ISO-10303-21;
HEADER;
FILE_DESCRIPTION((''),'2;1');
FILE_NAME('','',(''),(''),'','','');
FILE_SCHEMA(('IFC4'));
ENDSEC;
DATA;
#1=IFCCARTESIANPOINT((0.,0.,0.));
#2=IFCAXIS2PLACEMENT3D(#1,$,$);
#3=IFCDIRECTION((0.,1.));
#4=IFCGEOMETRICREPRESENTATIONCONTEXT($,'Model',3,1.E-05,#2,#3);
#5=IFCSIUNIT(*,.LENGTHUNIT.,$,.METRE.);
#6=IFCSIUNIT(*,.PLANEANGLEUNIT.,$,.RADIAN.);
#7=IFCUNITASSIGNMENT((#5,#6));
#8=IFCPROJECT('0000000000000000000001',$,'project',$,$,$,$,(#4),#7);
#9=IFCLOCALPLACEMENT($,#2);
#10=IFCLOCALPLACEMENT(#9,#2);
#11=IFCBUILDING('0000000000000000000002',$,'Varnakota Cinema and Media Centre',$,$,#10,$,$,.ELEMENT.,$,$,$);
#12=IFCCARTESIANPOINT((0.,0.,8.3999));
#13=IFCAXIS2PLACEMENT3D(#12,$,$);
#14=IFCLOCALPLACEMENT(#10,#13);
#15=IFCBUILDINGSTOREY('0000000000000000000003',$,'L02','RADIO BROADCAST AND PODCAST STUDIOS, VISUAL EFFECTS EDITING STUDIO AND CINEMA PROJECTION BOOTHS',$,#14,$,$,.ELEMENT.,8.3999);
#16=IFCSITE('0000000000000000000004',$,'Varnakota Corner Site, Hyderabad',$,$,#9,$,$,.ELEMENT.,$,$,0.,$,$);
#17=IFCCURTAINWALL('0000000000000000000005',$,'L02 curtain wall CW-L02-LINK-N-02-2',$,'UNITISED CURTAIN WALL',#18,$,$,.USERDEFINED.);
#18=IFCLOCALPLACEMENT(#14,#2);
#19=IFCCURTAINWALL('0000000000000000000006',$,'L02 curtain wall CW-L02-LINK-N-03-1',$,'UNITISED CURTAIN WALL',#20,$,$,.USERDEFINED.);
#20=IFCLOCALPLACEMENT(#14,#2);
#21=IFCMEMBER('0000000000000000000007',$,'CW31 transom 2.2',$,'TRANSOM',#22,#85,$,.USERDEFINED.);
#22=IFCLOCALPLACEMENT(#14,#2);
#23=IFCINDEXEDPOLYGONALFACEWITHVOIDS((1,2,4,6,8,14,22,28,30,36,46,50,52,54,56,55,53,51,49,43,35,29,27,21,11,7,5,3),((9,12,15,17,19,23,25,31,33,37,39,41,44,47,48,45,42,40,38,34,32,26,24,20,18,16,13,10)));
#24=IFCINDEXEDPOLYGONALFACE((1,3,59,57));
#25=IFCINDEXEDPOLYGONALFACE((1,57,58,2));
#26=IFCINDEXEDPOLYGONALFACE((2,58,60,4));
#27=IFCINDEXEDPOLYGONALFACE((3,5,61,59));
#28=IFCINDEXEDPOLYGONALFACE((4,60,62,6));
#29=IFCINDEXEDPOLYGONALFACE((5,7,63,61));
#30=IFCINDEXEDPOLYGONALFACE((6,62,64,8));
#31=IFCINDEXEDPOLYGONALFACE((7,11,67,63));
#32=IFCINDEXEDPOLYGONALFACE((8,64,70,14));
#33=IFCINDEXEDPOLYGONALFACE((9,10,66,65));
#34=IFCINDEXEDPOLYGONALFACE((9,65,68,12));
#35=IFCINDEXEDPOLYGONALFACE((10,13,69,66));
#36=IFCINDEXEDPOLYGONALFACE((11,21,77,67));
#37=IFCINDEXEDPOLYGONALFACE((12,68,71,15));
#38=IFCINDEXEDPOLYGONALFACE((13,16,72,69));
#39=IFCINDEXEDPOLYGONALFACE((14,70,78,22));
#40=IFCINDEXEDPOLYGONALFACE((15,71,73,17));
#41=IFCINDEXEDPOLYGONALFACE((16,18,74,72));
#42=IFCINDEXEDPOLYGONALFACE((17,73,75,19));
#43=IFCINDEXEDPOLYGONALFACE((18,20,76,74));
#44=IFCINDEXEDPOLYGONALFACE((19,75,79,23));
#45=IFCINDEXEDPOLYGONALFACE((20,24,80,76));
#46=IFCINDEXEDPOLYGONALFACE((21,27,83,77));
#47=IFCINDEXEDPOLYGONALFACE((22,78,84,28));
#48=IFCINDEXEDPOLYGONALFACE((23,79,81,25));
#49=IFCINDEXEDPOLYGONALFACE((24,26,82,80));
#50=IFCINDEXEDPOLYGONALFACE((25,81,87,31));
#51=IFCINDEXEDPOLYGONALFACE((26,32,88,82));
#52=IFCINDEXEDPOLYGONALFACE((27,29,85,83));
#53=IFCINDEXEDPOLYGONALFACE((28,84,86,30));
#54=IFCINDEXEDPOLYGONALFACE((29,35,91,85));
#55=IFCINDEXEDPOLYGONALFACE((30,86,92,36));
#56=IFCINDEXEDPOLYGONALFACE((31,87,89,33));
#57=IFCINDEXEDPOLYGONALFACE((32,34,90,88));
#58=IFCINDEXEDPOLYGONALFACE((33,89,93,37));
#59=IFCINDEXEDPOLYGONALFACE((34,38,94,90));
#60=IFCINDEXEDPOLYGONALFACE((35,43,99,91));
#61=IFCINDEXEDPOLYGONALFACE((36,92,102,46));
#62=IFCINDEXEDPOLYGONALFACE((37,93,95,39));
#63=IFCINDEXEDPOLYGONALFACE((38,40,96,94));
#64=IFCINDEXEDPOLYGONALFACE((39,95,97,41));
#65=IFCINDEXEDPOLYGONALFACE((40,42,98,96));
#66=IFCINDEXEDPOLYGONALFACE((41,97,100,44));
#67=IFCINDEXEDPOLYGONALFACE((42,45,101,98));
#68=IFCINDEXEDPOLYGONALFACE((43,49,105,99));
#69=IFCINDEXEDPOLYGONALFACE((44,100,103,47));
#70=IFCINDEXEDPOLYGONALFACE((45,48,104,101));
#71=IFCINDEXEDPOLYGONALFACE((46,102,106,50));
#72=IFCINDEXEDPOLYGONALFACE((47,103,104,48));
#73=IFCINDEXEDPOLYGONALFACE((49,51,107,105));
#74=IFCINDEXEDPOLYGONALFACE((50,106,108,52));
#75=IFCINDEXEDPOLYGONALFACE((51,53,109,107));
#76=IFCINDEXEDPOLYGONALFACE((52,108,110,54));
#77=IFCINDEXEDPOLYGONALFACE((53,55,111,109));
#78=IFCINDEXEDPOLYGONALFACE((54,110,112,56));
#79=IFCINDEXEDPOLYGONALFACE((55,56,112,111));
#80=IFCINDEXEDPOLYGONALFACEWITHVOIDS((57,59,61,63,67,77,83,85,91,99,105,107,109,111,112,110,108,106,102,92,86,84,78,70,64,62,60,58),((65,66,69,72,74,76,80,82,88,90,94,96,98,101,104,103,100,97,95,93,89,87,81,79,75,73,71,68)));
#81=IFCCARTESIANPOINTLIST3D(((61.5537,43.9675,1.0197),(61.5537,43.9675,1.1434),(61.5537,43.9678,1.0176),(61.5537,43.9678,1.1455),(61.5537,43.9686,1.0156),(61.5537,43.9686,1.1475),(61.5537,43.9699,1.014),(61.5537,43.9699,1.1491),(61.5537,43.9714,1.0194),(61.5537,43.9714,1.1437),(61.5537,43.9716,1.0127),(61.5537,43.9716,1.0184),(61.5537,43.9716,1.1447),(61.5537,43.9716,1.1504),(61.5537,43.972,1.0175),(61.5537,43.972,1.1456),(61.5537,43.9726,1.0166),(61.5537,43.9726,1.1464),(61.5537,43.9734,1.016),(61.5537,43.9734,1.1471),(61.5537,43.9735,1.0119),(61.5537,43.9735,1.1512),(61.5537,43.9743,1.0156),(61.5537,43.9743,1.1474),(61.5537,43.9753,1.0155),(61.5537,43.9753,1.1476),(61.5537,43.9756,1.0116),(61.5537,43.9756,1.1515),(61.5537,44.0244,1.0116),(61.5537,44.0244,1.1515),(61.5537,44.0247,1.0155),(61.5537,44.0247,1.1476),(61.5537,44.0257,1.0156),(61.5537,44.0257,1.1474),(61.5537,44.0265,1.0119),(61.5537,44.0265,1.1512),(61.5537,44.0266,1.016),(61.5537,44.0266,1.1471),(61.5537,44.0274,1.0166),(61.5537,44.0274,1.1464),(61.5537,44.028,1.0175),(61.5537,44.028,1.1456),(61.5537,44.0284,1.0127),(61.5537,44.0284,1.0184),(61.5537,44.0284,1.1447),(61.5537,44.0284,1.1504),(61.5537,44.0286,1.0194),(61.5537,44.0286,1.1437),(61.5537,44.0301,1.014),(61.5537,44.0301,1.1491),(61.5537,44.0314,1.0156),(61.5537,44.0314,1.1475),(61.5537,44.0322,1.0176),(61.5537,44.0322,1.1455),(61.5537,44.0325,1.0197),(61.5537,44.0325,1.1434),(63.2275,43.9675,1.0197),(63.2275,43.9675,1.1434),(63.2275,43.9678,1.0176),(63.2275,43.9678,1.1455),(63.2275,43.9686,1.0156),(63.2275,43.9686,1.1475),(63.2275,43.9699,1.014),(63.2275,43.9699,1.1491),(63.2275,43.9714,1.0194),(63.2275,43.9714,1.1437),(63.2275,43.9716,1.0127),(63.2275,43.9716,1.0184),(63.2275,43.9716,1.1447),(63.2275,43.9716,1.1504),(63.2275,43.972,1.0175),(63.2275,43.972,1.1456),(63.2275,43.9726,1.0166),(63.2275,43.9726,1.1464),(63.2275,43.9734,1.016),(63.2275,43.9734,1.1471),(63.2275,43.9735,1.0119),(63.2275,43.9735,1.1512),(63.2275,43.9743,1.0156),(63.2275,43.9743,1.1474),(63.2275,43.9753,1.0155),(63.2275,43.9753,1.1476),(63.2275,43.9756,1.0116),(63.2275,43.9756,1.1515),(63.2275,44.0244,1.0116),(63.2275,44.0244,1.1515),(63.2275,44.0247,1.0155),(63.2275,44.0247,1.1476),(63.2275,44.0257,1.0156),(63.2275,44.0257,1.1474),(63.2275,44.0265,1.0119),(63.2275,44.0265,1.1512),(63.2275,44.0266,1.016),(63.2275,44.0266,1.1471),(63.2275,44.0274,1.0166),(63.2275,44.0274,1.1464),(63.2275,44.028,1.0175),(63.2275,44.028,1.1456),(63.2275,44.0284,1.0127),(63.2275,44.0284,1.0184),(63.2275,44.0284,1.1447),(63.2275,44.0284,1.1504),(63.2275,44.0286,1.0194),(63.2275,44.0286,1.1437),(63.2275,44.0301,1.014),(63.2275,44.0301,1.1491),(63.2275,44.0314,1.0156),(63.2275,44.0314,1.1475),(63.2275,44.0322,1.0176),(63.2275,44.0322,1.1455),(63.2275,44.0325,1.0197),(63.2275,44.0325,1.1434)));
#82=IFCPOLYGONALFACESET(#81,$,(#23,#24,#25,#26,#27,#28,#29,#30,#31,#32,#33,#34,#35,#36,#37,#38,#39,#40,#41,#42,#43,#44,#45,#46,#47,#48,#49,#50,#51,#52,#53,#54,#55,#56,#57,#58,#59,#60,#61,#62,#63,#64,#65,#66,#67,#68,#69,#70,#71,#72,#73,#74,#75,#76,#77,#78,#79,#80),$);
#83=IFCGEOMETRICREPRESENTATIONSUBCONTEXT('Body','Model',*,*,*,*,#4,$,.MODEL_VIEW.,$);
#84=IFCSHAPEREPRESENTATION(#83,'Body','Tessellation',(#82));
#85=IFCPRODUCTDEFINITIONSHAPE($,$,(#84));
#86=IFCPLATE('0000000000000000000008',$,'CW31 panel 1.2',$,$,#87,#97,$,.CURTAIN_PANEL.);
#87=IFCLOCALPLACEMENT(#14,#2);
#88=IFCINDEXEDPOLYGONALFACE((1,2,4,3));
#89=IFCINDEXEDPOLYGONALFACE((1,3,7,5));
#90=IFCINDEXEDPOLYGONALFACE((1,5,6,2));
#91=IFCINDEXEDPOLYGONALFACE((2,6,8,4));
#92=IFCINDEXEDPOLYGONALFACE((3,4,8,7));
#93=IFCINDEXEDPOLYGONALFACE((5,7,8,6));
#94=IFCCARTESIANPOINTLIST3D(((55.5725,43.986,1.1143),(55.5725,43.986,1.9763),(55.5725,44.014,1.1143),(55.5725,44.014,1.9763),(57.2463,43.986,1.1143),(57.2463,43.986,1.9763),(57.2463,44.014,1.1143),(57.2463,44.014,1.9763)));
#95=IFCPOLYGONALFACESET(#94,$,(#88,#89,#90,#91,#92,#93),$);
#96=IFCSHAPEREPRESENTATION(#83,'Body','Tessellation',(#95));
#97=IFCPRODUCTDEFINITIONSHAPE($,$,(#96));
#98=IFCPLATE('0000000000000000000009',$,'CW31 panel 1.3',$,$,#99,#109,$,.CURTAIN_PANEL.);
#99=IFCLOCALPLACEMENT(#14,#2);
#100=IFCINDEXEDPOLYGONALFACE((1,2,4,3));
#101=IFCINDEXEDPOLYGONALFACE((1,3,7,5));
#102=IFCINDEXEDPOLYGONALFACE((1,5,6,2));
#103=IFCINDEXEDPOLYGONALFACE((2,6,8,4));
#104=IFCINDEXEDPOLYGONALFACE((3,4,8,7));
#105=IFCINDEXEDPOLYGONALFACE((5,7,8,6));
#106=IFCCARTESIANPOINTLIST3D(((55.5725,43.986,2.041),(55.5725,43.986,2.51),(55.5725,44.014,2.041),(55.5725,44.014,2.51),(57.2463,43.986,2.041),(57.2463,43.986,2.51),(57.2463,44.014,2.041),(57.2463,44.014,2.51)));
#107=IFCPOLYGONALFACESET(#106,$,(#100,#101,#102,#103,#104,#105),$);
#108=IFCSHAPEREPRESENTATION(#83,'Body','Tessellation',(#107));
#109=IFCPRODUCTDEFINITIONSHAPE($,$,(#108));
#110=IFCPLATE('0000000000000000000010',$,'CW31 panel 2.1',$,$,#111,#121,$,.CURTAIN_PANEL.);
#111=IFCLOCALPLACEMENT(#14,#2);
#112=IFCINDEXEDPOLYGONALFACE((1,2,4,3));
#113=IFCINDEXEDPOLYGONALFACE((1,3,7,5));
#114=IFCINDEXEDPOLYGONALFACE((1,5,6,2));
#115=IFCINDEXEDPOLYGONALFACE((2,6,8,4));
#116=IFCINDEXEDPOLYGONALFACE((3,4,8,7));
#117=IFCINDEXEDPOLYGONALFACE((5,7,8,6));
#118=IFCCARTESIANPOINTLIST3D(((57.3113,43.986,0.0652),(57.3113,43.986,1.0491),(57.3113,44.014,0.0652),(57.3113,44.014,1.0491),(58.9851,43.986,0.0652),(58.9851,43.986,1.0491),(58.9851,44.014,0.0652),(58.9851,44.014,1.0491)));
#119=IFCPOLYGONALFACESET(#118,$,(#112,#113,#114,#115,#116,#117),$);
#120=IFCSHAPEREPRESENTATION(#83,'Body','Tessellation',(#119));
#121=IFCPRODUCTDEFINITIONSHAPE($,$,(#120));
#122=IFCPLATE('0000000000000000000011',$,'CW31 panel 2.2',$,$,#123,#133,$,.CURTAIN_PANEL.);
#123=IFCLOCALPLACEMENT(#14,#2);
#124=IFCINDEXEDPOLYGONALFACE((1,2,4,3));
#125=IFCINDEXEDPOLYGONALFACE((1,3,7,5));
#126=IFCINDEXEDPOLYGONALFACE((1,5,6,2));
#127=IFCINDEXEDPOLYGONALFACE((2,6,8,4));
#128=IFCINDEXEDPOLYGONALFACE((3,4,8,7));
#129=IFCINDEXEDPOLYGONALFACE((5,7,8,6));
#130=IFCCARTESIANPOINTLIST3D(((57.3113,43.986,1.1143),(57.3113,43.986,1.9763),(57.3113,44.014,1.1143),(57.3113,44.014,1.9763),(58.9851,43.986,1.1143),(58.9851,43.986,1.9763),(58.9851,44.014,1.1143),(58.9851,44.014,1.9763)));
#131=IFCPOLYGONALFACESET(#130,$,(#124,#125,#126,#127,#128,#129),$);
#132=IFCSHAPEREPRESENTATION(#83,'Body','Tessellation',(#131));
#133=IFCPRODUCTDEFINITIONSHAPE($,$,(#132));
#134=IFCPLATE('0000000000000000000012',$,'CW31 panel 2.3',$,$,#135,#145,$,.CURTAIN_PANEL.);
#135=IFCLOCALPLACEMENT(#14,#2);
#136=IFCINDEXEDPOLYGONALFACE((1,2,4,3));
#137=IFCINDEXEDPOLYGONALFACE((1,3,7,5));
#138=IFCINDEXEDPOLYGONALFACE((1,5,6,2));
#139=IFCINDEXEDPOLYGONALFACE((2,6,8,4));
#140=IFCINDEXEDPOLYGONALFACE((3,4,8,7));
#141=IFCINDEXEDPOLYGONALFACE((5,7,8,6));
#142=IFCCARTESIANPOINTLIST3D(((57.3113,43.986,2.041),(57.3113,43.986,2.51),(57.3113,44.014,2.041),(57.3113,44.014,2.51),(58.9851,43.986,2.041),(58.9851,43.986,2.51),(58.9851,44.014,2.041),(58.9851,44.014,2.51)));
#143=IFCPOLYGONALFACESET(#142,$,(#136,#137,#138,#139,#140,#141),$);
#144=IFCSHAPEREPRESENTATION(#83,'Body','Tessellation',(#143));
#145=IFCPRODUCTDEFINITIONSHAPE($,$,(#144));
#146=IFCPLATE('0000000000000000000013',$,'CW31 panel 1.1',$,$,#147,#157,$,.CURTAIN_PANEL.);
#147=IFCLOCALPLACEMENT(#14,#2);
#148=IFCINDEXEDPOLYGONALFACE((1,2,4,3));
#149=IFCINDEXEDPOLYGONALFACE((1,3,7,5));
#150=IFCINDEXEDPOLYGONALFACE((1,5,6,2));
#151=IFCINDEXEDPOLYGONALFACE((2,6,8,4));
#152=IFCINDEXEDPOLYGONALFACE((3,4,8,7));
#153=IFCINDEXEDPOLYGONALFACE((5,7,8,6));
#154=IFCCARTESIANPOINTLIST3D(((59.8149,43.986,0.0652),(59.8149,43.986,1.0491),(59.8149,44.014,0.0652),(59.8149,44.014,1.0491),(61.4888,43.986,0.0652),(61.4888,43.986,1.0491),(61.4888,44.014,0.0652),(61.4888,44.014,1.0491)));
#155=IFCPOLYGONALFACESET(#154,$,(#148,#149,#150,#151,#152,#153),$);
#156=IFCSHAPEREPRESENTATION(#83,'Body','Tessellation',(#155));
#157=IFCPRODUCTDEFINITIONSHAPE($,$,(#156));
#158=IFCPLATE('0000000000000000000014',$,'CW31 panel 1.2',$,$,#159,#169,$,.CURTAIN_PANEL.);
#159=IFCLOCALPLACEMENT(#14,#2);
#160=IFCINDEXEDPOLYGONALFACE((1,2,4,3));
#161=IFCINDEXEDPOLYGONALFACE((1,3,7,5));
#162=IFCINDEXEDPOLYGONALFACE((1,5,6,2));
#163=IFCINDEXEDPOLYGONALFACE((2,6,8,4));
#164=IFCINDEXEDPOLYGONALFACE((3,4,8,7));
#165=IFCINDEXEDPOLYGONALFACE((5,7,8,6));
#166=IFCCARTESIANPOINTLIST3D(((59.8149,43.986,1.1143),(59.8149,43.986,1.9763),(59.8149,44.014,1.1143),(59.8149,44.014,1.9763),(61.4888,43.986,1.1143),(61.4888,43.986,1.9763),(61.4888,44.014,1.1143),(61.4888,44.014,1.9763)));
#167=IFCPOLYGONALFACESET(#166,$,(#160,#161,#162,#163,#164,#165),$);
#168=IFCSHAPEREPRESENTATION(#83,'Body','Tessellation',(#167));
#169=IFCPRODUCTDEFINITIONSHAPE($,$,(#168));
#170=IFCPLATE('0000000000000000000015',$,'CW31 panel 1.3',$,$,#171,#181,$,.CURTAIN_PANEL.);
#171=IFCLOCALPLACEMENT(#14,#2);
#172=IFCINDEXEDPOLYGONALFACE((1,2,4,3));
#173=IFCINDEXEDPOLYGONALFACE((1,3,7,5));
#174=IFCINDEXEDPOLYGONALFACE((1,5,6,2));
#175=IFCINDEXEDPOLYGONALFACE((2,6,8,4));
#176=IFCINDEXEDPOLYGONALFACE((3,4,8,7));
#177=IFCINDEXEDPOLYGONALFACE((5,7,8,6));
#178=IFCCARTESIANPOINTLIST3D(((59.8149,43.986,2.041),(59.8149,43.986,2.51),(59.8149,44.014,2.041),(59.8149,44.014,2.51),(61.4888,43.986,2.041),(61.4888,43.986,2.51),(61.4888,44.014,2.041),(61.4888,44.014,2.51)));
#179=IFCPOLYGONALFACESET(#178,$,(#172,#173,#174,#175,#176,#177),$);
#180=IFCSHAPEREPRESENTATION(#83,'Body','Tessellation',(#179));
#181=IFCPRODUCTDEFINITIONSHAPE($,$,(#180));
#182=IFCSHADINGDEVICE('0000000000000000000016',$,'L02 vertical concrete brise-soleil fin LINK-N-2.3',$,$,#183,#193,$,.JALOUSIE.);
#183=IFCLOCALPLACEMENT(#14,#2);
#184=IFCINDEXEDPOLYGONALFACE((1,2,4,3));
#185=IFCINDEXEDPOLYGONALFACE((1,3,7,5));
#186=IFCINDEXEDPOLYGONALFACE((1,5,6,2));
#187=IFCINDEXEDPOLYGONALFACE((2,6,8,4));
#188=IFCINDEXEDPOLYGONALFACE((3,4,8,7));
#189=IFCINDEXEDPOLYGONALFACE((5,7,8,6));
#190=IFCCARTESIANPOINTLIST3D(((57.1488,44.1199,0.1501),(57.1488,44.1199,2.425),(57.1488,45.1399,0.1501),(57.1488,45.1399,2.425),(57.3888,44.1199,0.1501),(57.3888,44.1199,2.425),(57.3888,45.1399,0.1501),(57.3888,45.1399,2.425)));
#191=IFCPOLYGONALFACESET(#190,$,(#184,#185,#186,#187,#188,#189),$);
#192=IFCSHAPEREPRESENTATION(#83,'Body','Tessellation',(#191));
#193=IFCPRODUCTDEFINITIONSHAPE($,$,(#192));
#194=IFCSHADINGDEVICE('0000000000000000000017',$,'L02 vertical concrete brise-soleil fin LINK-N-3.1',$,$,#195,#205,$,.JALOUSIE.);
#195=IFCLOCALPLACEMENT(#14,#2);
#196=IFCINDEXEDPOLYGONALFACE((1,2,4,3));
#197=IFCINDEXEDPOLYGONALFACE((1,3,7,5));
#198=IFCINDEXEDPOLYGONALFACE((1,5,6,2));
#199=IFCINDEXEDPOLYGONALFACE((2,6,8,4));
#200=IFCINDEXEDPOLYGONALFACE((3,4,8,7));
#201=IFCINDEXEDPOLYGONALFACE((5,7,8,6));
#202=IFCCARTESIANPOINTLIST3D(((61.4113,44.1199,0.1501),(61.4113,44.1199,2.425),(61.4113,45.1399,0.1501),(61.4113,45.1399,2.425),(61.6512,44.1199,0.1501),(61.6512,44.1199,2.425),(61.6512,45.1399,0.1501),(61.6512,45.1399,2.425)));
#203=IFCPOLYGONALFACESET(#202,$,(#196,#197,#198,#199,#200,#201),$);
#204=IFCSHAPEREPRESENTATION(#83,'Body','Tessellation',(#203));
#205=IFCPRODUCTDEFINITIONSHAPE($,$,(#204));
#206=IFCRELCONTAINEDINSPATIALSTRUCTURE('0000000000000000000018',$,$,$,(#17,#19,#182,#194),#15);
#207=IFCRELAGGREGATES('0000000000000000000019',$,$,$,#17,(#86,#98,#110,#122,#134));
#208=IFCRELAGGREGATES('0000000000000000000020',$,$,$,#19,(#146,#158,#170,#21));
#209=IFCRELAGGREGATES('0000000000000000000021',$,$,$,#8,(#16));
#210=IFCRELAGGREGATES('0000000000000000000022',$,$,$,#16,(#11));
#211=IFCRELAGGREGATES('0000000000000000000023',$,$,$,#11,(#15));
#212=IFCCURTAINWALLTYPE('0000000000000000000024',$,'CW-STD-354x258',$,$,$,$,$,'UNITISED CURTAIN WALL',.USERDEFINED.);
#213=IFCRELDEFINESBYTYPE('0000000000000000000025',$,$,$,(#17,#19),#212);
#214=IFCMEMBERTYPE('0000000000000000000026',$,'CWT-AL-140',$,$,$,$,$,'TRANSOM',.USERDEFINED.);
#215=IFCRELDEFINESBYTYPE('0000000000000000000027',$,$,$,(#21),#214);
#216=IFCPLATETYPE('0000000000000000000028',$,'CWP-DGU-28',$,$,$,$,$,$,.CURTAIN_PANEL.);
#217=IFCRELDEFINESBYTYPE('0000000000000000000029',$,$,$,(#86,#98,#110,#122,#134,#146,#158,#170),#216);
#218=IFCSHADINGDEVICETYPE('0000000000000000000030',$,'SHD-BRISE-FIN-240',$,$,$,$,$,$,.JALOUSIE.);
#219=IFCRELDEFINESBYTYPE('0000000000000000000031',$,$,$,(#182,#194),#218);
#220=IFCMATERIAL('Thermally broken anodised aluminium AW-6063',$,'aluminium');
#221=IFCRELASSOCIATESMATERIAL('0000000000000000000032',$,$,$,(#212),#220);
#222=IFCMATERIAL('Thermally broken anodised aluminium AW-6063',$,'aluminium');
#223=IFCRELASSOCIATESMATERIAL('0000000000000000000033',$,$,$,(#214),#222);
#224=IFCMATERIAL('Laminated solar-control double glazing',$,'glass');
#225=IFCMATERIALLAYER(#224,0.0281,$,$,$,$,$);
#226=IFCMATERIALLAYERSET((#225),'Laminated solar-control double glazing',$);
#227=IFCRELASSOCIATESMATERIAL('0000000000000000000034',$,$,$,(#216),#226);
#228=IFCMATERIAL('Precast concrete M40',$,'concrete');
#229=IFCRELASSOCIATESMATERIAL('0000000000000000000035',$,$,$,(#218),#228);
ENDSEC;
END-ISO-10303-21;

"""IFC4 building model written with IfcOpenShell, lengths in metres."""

from ifc_helpers import new_model, si_unit, direction, frame, origin, origin_2d, place, context, subcontext, project, spatial, rectangle, hollow_rectangle, extrude, material, layer, layer_set, material_profile, profile_set, type_object, element, aggregate, save


model = new_model("IFC4")

# Units and contexts
model_context = context("Model", 3, precision=1e-05, world=origin(), true_north=direction((0.0, 1.0)))
body_context = subcontext(model_context, "Body", "Model", "MODEL_VIEW")
ifc_project = project(units=[si_unit("LENGTHUNIT", "METRE"), si_unit("PLANEANGLEUNIT", "RADIAN")], contexts=[model_context])

# Site, building, storey
site_placement = place(None, origin())
site = spatial("IfcSite", under=ifc_project, at=site_placement, Name="Varnakota Corner Site, Hyderabad", CompositionType="ELEMENT", RefElevation=0.0)
building_placement = place(site_placement, origin())
building = spatial("IfcBuilding", under=site, at=building_placement, Name="Varnakota Cinema and Media Centre", CompositionType="ELEMENT")
storey_placement = place(building_placement, frame((0.0, 0.0, 8.3999)))
storey = spatial("IfcBuildingStorey", under=building, at=storey_placement, Name="L02", Description="RADIO BROADCAST AND PODCAST STUDIOS, VISUAL EFFECTS EDITING STUDIO AND CINEMA PROJECTION BOOTHS", CompositionType="ELEMENT", Elevation=8.3999)

# Curtain walls
ifc_material_1 = material(Name="Thermally broken anodised aluminium AW-6063", Category="aluminium")
curtain_wall_type = type_object("IfcCurtainWallType", Name="CW-STD-354x258", ElementType="UNITISED CURTAIN WALL", PredefinedType="USERDEFINED", material=ifc_material_1)
curtain_wall_1_placement = place(storey_placement, origin())
curtain_wall_1 = element("IfcCurtainWall", 1, at=curtain_wall_1_placement, inside=storey, type_object=curtain_wall_type, Name="L02 curtain wall CW-L02-LINK-N-02-2", ObjectType="UNITISED CURTAIN WALL", PredefinedType="USERDEFINED")
curtain_wall_2_placement = place(storey_placement, origin())
curtain_wall_2 = element("IfcCurtainWall", 2, at=curtain_wall_2_placement, inside=storey, type_object=curtain_wall_type, Name="L02 curtain wall CW-L02-LINK-N-03-1", ObjectType="UNITISED CURTAIN WALL", PredefinedType="USERDEFINED")

# Member
ifc_material_2 = material(Name="Thermally broken anodised aluminium AW-6063", Category="aluminium")
ifc_material_profile_1 = material_profile(ifc_material_2, hollow_rectangle(XDim=0.0649, YDim=0.1399, WallThickness=0.0039, InnerFilletRadius=0.0039, OuterFilletRadius=0.0081, at=origin_2d()), Name="AL-TRANSOM 140x65x4")
ifc_profile_set_1 = profile_set([ifc_material_profile_1], Name="Thermally broken anodised aluminium AW-6063")
member_type_1 = type_object("IfcMemberType", Name="CWT-AL-140", ElementType="TRANSOM", PredefinedType="USERDEFINED", material=ifc_profile_set_1)
member_1_placement = place(storey_placement, frame((61.5537, 44.0, 1.0815), z_axis=(1.0, 0.0, 0.0), x_axis=(0.0, 1.0, 0.0)))
member_1 = element("IfcMember", 3, at=member_1_placement, type_object=member_type_1, Name="CW31 transom 2.2", ObjectType="TRANSOM", PredefinedType="USERDEFINED", context=body_context, shape_type="SweptSolid", body=[
    extrude(hollow_rectangle(XDim=0.0649, YDim=0.1399, WallThickness=0.0039, InnerFilletRadius=0.0039, OuterFilletRadius=0.0081, at=origin_2d()), origin(), (0.0, 0.0, 1.0), 1.6738),
])

# Plates
ifc_material_3 = material(Name="Laminated solar-control double glazing", Category="glass")
ifc_layer = layer(ifc_material_3, 0.0281)
ifc_layer_set = layer_set([ifc_layer], Name="Laminated solar-control double glazing")
plate_type = type_object("IfcPlateType", Name="CWP-DGU-28", PredefinedType="CURTAIN_PANEL", material=ifc_layer_set)
plate_1_placement = place(storey_placement, frame((56.4094, 44.0, 1.1143), z_axis=(0.0, 0.0, 1.0), x_axis=(1.0, 0.0, 0.0)))
plate_1 = element("IfcPlate", 4, at=plate_1_placement, type_object=plate_type, Name="CW31 panel 1.2", PredefinedType="CURTAIN_PANEL", context=body_context, shape_type="SweptSolid", body=[
    extrude(rectangle(XDim=1.6738, YDim=0.0281, at=origin_2d()), origin(), (0.0, 0.0, 1.0), 0.8621),
])
plate_2_placement = place(storey_placement, frame((56.4094, 44.0, 2.041), z_axis=(0.0, 0.0, 1.0), x_axis=(1.0, 0.0, 0.0)))
plate_2 = element("IfcPlate", 5, at=plate_2_placement, type_object=plate_type, Name="CW31 panel 1.3", PredefinedType="CURTAIN_PANEL", context=body_context, shape_type="SweptSolid", body=[
    extrude(rectangle(XDim=1.6738, YDim=0.0281, at=origin_2d()), origin(), (0.0, 0.0, 1.0), 0.469),
])
plate_3_placement = place(storey_placement, frame((58.1482, 44.0, 0.0652), z_axis=(0.0, 0.0, 1.0), x_axis=(1.0, 0.0, 0.0)))
plate_3 = element("IfcPlate", 6, at=plate_3_placement, type_object=plate_type, Name="CW31 panel 2.1", PredefinedType="CURTAIN_PANEL", context=body_context, shape_type="SweptSolid", body=[
    extrude(rectangle(XDim=1.6738, YDim=0.0281, at=origin_2d()), origin(), (0.0, 0.0, 1.0), 0.9839),
])
plate_4_placement = place(storey_placement, frame((58.1482, 44.0, 1.1143), z_axis=(0.0, 0.0, 1.0), x_axis=(1.0, 0.0, 0.0)))
plate_4 = element("IfcPlate", 7, at=plate_4_placement, type_object=plate_type, Name="CW31 panel 2.2", PredefinedType="CURTAIN_PANEL", context=body_context, shape_type="SweptSolid", body=[
    extrude(rectangle(XDim=1.6738, YDim=0.0281, at=origin_2d()), origin(), (0.0, 0.0, 1.0), 0.8621),
])
plate_5_placement = place(storey_placement, frame((58.1482, 44.0, 2.041), z_axis=(0.0, 0.0, 1.0), x_axis=(1.0, 0.0, 0.0)))
plate_5 = element("IfcPlate", 8, at=plate_5_placement, type_object=plate_type, Name="CW31 panel 2.3", PredefinedType="CURTAIN_PANEL", context=body_context, shape_type="SweptSolid", body=[
    extrude(rectangle(XDim=1.6738, YDim=0.0281, at=origin_2d()), origin(), (0.0, 0.0, 1.0), 0.469),
])
aggregate(curtain_wall_1, [plate_1, plate_2, plate_3, plate_4, plate_5])
plate_6_placement = place(storey_placement, frame((60.6519, 44.0, 0.0652), z_axis=(0.0, 0.0, 1.0), x_axis=(1.0, 0.0, 0.0)))
plate_6 = element("IfcPlate", 9, at=plate_6_placement, type_object=plate_type, Name="CW31 panel 1.1", PredefinedType="CURTAIN_PANEL", context=body_context, shape_type="SweptSolid", body=[
    extrude(rectangle(XDim=1.6738, YDim=0.0281, at=origin_2d()), origin(), (0.0, 0.0, 1.0), 0.9839),
])
plate_7_placement = place(storey_placement, frame((60.6519, 44.0, 1.1143), z_axis=(0.0, 0.0, 1.0), x_axis=(1.0, 0.0, 0.0)))
plate_7 = element("IfcPlate", 10, at=plate_7_placement, type_object=plate_type, Name="CW31 panel 1.2", PredefinedType="CURTAIN_PANEL", context=body_context, shape_type="SweptSolid", body=[
    extrude(rectangle(XDim=1.6738, YDim=0.0281, at=origin_2d()), origin(), (0.0, 0.0, 1.0), 0.8621),
])
plate_8_placement = place(storey_placement, frame((60.6519, 44.0, 2.041), z_axis=(0.0, 0.0, 1.0), x_axis=(1.0, 0.0, 0.0)))
plate_8 = element("IfcPlate", 11, at=plate_8_placement, type_object=plate_type, Name="CW31 panel 1.3", PredefinedType="CURTAIN_PANEL", context=body_context, shape_type="SweptSolid", body=[
    extrude(rectangle(XDim=1.6738, YDim=0.0281, at=origin_2d()), origin(), (0.0, 0.0, 1.0), 0.469),
])
aggregate(curtain_wall_2, [plate_6, plate_7, plate_8, member_1])

# Shading devices
ifc_material_4 = material(Name="Precast concrete M40", Category="concrete")
shading_device_type = type_object("IfcShadingDeviceType", Name="SHD-BRISE-FIN-240", PredefinedType="JALOUSIE", material=ifc_material_4)
for number, where, z_axis, x_axis, name in (
    (12, (57.2688, 44.6299, 0.1501), (0.0, 0.0, 1.0), (1.0, 0.0, 0.0), "L02 vertical concrete brise-soleil fin LINK-N-2.3"),
    (13, (61.5312, 44.6299, 0.1501), (0.0, 0.0, 1.0), (1.0, 0.0, 0.0), "L02 vertical concrete brise-soleil fin LINK-N-3.1"),
):
    element("IfcShadingDevice", number, at=place(storey_placement, frame(where, z_axis=z_axis, x_axis=x_axis)), inside=storey, type_object=shading_device_type, Name=name, PredefinedType="JALOUSIE", context=body_context, shape_type="SweptSolid", body=[
        extrude(rectangle(XDim=0.24, YDim=1.02, at=origin_2d()), origin(), (0.0, 0.0, 1.0), 2.2749),
    ])

save(model, "model.ifc")
